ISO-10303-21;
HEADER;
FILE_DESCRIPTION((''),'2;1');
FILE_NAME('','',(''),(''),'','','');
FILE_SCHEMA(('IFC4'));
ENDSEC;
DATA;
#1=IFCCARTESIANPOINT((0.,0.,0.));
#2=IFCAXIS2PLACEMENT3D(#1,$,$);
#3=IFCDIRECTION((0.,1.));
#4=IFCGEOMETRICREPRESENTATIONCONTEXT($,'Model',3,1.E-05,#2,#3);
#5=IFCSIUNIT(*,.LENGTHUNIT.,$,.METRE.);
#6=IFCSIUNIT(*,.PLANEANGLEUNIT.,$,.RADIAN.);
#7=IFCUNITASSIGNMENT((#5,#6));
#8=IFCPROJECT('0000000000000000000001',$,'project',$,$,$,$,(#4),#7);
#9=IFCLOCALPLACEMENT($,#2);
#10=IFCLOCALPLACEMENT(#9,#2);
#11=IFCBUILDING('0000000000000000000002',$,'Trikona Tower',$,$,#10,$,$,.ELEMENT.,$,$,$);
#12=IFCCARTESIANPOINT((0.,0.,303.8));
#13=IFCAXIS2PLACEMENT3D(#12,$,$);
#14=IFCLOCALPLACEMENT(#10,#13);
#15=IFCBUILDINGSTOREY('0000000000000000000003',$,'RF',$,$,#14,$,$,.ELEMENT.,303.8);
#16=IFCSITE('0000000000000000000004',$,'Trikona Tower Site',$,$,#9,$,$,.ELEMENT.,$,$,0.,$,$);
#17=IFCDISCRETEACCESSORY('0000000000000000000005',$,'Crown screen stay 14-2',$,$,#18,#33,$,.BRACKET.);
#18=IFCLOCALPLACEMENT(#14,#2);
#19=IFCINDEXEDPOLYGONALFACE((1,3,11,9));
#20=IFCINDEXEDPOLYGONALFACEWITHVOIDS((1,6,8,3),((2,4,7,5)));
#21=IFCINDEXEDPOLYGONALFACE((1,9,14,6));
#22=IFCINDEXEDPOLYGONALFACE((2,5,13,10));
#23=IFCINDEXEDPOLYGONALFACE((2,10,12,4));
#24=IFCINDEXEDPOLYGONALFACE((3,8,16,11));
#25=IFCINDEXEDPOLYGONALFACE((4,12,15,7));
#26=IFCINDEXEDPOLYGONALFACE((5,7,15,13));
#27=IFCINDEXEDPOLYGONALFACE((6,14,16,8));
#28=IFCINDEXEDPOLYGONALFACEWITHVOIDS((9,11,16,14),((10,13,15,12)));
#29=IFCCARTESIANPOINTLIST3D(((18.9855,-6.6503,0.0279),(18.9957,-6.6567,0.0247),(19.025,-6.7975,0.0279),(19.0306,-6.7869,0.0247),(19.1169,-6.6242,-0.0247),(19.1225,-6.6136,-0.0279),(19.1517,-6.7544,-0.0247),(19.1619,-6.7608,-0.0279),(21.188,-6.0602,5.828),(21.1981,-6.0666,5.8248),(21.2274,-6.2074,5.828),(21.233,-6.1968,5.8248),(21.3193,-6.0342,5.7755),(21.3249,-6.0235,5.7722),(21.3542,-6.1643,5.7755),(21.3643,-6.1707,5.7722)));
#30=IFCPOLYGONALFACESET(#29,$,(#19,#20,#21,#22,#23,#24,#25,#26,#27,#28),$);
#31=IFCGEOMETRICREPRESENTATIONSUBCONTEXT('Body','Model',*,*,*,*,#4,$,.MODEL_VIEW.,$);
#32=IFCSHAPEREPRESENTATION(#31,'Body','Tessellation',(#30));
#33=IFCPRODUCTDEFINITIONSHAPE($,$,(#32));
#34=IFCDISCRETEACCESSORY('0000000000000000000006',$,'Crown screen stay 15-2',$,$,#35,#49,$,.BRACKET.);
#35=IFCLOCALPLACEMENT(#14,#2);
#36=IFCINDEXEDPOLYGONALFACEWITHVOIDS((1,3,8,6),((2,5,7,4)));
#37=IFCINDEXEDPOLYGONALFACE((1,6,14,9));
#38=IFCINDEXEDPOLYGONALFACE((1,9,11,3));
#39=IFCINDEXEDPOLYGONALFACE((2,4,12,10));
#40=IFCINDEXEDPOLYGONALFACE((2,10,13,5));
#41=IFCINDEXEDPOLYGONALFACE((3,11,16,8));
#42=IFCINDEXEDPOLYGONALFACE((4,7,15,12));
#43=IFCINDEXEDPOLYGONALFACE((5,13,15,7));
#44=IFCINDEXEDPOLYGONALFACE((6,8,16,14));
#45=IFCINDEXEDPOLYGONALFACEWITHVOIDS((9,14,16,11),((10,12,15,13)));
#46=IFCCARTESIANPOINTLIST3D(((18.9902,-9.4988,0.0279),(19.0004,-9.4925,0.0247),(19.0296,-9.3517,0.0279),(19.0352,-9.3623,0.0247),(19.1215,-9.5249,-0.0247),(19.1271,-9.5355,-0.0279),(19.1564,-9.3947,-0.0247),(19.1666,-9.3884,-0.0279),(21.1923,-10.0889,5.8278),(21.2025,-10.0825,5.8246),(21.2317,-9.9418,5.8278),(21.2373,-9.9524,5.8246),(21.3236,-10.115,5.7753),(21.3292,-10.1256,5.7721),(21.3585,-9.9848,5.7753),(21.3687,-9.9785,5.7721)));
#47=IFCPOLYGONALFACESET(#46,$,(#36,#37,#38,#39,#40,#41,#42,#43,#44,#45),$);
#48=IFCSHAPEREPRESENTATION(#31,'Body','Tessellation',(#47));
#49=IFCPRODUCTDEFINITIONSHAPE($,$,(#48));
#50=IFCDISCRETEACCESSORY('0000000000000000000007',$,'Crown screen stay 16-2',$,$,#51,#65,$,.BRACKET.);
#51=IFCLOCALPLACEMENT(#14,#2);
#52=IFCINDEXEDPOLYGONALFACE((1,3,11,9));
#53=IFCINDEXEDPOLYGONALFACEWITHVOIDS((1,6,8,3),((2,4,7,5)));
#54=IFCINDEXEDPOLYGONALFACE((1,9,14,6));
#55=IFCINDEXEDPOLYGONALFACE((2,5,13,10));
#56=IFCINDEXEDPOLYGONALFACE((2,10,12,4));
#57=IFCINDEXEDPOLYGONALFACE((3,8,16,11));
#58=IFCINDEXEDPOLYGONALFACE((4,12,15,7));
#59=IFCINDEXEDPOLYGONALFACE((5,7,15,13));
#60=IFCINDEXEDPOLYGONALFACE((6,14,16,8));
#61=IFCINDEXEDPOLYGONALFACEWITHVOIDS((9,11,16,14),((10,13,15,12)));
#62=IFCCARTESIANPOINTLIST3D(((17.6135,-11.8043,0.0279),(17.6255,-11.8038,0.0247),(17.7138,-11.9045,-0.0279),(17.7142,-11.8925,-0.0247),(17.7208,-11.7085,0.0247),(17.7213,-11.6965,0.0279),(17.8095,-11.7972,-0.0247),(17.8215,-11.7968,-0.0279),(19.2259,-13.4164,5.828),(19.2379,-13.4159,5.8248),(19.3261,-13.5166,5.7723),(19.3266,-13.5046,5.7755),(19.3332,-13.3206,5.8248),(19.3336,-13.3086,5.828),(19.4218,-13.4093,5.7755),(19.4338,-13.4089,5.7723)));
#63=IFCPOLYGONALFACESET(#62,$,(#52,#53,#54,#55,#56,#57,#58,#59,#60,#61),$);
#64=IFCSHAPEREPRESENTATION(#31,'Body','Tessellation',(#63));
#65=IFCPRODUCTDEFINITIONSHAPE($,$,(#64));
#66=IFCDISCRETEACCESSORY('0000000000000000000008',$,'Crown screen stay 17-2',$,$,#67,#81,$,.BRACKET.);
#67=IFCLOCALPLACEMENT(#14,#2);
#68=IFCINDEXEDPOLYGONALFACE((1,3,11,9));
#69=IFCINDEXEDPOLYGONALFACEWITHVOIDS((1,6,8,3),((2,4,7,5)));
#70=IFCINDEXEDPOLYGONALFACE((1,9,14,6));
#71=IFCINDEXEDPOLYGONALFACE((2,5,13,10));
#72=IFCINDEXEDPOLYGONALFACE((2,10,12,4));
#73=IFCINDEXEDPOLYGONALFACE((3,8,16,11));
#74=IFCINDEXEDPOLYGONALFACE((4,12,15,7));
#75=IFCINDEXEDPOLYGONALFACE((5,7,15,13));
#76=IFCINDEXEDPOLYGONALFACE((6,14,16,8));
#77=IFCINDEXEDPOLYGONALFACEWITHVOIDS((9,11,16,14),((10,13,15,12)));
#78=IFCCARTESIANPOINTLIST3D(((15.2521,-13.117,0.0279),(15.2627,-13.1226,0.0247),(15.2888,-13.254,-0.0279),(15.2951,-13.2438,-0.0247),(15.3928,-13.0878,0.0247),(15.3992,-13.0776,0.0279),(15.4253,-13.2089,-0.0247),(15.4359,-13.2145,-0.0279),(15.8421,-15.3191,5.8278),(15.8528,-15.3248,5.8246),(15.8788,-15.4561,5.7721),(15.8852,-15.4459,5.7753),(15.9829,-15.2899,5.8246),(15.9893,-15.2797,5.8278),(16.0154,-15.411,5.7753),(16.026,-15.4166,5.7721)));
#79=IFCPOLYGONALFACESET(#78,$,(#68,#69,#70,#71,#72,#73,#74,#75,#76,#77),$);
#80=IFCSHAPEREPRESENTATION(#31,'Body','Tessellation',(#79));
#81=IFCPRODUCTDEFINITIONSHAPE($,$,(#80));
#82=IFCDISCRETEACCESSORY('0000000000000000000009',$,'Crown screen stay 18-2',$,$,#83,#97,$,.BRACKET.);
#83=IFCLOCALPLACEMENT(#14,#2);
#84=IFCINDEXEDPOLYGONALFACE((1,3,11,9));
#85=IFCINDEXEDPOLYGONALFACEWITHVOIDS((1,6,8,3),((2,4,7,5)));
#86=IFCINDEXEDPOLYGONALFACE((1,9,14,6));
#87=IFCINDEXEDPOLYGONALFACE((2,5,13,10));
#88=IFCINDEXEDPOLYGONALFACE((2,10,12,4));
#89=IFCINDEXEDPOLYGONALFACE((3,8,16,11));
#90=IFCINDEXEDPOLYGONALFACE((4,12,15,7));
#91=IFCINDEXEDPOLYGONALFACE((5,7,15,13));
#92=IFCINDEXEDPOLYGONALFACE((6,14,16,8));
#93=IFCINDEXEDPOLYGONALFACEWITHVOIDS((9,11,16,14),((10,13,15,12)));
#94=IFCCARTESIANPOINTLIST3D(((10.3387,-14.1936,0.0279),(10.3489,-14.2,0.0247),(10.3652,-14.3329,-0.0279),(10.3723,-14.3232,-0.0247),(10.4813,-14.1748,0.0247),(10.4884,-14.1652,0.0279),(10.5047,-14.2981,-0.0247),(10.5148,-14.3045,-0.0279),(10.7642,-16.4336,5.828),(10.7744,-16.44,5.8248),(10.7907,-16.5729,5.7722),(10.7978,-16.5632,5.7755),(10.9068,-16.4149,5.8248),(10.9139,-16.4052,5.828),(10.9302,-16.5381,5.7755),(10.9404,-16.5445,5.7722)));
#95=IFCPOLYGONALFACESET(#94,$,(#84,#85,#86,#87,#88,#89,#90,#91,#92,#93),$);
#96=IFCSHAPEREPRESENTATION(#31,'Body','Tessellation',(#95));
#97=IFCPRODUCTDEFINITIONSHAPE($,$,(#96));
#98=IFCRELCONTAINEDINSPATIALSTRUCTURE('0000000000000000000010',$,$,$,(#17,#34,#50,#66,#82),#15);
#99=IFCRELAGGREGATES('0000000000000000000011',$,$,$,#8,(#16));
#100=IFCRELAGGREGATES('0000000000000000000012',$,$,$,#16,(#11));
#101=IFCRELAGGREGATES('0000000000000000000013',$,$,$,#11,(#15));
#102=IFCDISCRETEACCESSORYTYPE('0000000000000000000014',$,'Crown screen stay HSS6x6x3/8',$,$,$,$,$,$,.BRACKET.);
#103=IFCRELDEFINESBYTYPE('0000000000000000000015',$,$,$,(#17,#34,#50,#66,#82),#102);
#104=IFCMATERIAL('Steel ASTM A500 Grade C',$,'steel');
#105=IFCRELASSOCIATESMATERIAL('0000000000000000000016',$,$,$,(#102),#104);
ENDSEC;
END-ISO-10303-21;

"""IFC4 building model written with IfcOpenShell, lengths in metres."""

from ifc_helpers import new_model, si_unit, direction, frame, origin, origin_2d, place, context, subcontext, project, spatial, hollow_rectangle, extrude, material, material_profile, profile_set, type_object, element, save


model = new_model("IFC4")

# Units and contexts
model_context = context("Model", 3, precision=1e-05, world=origin(), true_north=direction((0.0, 1.0)))
body_context = subcontext(model_context, "Body", "Model", "MODEL_VIEW")
ifc_project = project(units=[si_unit("LENGTHUNIT", "METRE"), si_unit("PLANEANGLEUNIT", "RADIAN")], contexts=[model_context])

# Site, building, storey
site_placement = place(None, origin())
site = spatial("IfcSite", under=ifc_project, at=site_placement, Name="Trikona Tower Site", CompositionType="ELEMENT", RefElevation=0.0)
building_placement = place(site_placement, origin())
building = spatial("IfcBuilding", under=site, at=building_placement, Name="Trikona Tower", CompositionType="ELEMENT")
storey_placement = place(building_placement, frame((0.0, 0.0, 303.8)))
storey = spatial("IfcBuildingStorey", under=building, at=storey_placement, Name="RF", CompositionType="ELEMENT", Elevation=303.8)

# Discrete accessories
ifc_material_1 = material(Name="Steel ASTM A500 Grade C", Category="steel")
ifc_material_profile_1 = material_profile(ifc_material_1, hollow_rectangle(XDim=0.1523, YDim=0.1523, WallThickness=0.0088, at=origin_2d()), Name="HSS6X6X3/8")
ifc_profile_set_1 = profile_set([ifc_material_profile_1], Name="Steel ASTM A500 Grade C")
discrete_accessory_type_1 = type_object("IfcDiscreteAccessoryType", Name="Crown screen stay HSS6x6x3/8", PredefinedType="BRACKET", material=ifc_profile_set_1)
discrete_accessory_1_placement = place(storey_placement, frame((19.0737, -6.7056, 0.0), z_axis=(0.353394, 0.094685, 0.93067), x_axis=(-0.258802, 0.96593, 0.0)))
element("IfcDiscreteAccessory", 1, at=discrete_accessory_1_placement, inside=storey, type_object=discrete_accessory_type_1, Name="Crown screen stay 14-2", PredefinedType="BRACKET", context=body_context, shape_type="SweptSolid", body=[
    extrude(hollow_rectangle(XDim=0.1523, YDim=0.1523, WallThickness=0.0088, at=origin_2d()), origin(), (0.0, 0.0, 1.0), 6.2322),
])
discrete_accessory_2_placement = place(storey_placement, frame((19.0784, -9.4436, 0.0), z_axis=(0.35336, -0.094686, 0.930683), x_axis=(0.258829, 0.965923, 0.0)))
element("IfcDiscreteAccessory", 2, at=discrete_accessory_2_placement, inside=storey, type_object=discrete_accessory_type_1, Name="Crown screen stay 15-2", PredefinedType="BRACKET", context=body_context, shape_type="SweptSolid", body=[
    extrude(hollow_rectangle(XDim=0.1523, YDim=0.1523, WallThickness=0.0088, at=origin_2d()), origin(), (0.0, 0.0, 1.0), 6.2319),
])
discrete_accessory_3_placement = place(storey_placement, frame((17.7175, -11.8005, 0.0), z_axis=(0.25871, -0.258671, 0.930676), x_axis=(0.707053, 0.70716, 0.0)))
element("IfcDiscreteAccessory", 3, at=discrete_accessory_3_placement, inside=storey, type_object=discrete_accessory_type_1, Name="Crown screen stay 16-2", PredefinedType="BRACKET", context=body_context, shape_type="SweptSolid", body=[
    extrude(hollow_rectangle(XDim=0.1523, YDim=0.1523, WallThickness=0.0088, at=origin_2d()), origin(), (0.0, 0.0, 1.0), 6.2322),
])
discrete_accessory_4_placement = place(storey_placement, frame((15.344, -13.1658, 0.0), z_axis=(0.094686, -0.35336, 0.930683), x_axis=(0.965923, 0.258829, 0.0)))
element("IfcDiscreteAccessory", 4, at=discrete_accessory_4_placement, inside=storey, type_object=discrete_accessory_type_1, Name="Crown screen stay 17-2", PredefinedType="BRACKET", context=body_context, shape_type="SweptSolid", body=[
    extrude(hollow_rectangle(XDim=0.1523, YDim=0.1523, WallThickness=0.0088, at=origin_2d()), origin(), (0.0, 0.0, 1.0), 6.2319),
])
discrete_accessory_5_placement = place(storey_placement, frame((10.4268, -14.249, 0.0), z_axis=(0.068281, -0.359427, 0.930672), x_axis=(0.982429, 0.186635, 0.0)))
element("IfcDiscreteAccessory", 5, at=discrete_accessory_5_placement, inside=storey, type_object=discrete_accessory_type_1, Name="Crown screen stay 18-2", PredefinedType="BRACKET", context=body_context, shape_type="SweptSolid", body=[
    extrude(hollow_rectangle(XDim=0.1523, YDim=0.1523, WallThickness=0.0088, at=origin_2d()), origin(), (0.0, 0.0, 1.0), 6.2322),
])

save(model, "model.ifc")
